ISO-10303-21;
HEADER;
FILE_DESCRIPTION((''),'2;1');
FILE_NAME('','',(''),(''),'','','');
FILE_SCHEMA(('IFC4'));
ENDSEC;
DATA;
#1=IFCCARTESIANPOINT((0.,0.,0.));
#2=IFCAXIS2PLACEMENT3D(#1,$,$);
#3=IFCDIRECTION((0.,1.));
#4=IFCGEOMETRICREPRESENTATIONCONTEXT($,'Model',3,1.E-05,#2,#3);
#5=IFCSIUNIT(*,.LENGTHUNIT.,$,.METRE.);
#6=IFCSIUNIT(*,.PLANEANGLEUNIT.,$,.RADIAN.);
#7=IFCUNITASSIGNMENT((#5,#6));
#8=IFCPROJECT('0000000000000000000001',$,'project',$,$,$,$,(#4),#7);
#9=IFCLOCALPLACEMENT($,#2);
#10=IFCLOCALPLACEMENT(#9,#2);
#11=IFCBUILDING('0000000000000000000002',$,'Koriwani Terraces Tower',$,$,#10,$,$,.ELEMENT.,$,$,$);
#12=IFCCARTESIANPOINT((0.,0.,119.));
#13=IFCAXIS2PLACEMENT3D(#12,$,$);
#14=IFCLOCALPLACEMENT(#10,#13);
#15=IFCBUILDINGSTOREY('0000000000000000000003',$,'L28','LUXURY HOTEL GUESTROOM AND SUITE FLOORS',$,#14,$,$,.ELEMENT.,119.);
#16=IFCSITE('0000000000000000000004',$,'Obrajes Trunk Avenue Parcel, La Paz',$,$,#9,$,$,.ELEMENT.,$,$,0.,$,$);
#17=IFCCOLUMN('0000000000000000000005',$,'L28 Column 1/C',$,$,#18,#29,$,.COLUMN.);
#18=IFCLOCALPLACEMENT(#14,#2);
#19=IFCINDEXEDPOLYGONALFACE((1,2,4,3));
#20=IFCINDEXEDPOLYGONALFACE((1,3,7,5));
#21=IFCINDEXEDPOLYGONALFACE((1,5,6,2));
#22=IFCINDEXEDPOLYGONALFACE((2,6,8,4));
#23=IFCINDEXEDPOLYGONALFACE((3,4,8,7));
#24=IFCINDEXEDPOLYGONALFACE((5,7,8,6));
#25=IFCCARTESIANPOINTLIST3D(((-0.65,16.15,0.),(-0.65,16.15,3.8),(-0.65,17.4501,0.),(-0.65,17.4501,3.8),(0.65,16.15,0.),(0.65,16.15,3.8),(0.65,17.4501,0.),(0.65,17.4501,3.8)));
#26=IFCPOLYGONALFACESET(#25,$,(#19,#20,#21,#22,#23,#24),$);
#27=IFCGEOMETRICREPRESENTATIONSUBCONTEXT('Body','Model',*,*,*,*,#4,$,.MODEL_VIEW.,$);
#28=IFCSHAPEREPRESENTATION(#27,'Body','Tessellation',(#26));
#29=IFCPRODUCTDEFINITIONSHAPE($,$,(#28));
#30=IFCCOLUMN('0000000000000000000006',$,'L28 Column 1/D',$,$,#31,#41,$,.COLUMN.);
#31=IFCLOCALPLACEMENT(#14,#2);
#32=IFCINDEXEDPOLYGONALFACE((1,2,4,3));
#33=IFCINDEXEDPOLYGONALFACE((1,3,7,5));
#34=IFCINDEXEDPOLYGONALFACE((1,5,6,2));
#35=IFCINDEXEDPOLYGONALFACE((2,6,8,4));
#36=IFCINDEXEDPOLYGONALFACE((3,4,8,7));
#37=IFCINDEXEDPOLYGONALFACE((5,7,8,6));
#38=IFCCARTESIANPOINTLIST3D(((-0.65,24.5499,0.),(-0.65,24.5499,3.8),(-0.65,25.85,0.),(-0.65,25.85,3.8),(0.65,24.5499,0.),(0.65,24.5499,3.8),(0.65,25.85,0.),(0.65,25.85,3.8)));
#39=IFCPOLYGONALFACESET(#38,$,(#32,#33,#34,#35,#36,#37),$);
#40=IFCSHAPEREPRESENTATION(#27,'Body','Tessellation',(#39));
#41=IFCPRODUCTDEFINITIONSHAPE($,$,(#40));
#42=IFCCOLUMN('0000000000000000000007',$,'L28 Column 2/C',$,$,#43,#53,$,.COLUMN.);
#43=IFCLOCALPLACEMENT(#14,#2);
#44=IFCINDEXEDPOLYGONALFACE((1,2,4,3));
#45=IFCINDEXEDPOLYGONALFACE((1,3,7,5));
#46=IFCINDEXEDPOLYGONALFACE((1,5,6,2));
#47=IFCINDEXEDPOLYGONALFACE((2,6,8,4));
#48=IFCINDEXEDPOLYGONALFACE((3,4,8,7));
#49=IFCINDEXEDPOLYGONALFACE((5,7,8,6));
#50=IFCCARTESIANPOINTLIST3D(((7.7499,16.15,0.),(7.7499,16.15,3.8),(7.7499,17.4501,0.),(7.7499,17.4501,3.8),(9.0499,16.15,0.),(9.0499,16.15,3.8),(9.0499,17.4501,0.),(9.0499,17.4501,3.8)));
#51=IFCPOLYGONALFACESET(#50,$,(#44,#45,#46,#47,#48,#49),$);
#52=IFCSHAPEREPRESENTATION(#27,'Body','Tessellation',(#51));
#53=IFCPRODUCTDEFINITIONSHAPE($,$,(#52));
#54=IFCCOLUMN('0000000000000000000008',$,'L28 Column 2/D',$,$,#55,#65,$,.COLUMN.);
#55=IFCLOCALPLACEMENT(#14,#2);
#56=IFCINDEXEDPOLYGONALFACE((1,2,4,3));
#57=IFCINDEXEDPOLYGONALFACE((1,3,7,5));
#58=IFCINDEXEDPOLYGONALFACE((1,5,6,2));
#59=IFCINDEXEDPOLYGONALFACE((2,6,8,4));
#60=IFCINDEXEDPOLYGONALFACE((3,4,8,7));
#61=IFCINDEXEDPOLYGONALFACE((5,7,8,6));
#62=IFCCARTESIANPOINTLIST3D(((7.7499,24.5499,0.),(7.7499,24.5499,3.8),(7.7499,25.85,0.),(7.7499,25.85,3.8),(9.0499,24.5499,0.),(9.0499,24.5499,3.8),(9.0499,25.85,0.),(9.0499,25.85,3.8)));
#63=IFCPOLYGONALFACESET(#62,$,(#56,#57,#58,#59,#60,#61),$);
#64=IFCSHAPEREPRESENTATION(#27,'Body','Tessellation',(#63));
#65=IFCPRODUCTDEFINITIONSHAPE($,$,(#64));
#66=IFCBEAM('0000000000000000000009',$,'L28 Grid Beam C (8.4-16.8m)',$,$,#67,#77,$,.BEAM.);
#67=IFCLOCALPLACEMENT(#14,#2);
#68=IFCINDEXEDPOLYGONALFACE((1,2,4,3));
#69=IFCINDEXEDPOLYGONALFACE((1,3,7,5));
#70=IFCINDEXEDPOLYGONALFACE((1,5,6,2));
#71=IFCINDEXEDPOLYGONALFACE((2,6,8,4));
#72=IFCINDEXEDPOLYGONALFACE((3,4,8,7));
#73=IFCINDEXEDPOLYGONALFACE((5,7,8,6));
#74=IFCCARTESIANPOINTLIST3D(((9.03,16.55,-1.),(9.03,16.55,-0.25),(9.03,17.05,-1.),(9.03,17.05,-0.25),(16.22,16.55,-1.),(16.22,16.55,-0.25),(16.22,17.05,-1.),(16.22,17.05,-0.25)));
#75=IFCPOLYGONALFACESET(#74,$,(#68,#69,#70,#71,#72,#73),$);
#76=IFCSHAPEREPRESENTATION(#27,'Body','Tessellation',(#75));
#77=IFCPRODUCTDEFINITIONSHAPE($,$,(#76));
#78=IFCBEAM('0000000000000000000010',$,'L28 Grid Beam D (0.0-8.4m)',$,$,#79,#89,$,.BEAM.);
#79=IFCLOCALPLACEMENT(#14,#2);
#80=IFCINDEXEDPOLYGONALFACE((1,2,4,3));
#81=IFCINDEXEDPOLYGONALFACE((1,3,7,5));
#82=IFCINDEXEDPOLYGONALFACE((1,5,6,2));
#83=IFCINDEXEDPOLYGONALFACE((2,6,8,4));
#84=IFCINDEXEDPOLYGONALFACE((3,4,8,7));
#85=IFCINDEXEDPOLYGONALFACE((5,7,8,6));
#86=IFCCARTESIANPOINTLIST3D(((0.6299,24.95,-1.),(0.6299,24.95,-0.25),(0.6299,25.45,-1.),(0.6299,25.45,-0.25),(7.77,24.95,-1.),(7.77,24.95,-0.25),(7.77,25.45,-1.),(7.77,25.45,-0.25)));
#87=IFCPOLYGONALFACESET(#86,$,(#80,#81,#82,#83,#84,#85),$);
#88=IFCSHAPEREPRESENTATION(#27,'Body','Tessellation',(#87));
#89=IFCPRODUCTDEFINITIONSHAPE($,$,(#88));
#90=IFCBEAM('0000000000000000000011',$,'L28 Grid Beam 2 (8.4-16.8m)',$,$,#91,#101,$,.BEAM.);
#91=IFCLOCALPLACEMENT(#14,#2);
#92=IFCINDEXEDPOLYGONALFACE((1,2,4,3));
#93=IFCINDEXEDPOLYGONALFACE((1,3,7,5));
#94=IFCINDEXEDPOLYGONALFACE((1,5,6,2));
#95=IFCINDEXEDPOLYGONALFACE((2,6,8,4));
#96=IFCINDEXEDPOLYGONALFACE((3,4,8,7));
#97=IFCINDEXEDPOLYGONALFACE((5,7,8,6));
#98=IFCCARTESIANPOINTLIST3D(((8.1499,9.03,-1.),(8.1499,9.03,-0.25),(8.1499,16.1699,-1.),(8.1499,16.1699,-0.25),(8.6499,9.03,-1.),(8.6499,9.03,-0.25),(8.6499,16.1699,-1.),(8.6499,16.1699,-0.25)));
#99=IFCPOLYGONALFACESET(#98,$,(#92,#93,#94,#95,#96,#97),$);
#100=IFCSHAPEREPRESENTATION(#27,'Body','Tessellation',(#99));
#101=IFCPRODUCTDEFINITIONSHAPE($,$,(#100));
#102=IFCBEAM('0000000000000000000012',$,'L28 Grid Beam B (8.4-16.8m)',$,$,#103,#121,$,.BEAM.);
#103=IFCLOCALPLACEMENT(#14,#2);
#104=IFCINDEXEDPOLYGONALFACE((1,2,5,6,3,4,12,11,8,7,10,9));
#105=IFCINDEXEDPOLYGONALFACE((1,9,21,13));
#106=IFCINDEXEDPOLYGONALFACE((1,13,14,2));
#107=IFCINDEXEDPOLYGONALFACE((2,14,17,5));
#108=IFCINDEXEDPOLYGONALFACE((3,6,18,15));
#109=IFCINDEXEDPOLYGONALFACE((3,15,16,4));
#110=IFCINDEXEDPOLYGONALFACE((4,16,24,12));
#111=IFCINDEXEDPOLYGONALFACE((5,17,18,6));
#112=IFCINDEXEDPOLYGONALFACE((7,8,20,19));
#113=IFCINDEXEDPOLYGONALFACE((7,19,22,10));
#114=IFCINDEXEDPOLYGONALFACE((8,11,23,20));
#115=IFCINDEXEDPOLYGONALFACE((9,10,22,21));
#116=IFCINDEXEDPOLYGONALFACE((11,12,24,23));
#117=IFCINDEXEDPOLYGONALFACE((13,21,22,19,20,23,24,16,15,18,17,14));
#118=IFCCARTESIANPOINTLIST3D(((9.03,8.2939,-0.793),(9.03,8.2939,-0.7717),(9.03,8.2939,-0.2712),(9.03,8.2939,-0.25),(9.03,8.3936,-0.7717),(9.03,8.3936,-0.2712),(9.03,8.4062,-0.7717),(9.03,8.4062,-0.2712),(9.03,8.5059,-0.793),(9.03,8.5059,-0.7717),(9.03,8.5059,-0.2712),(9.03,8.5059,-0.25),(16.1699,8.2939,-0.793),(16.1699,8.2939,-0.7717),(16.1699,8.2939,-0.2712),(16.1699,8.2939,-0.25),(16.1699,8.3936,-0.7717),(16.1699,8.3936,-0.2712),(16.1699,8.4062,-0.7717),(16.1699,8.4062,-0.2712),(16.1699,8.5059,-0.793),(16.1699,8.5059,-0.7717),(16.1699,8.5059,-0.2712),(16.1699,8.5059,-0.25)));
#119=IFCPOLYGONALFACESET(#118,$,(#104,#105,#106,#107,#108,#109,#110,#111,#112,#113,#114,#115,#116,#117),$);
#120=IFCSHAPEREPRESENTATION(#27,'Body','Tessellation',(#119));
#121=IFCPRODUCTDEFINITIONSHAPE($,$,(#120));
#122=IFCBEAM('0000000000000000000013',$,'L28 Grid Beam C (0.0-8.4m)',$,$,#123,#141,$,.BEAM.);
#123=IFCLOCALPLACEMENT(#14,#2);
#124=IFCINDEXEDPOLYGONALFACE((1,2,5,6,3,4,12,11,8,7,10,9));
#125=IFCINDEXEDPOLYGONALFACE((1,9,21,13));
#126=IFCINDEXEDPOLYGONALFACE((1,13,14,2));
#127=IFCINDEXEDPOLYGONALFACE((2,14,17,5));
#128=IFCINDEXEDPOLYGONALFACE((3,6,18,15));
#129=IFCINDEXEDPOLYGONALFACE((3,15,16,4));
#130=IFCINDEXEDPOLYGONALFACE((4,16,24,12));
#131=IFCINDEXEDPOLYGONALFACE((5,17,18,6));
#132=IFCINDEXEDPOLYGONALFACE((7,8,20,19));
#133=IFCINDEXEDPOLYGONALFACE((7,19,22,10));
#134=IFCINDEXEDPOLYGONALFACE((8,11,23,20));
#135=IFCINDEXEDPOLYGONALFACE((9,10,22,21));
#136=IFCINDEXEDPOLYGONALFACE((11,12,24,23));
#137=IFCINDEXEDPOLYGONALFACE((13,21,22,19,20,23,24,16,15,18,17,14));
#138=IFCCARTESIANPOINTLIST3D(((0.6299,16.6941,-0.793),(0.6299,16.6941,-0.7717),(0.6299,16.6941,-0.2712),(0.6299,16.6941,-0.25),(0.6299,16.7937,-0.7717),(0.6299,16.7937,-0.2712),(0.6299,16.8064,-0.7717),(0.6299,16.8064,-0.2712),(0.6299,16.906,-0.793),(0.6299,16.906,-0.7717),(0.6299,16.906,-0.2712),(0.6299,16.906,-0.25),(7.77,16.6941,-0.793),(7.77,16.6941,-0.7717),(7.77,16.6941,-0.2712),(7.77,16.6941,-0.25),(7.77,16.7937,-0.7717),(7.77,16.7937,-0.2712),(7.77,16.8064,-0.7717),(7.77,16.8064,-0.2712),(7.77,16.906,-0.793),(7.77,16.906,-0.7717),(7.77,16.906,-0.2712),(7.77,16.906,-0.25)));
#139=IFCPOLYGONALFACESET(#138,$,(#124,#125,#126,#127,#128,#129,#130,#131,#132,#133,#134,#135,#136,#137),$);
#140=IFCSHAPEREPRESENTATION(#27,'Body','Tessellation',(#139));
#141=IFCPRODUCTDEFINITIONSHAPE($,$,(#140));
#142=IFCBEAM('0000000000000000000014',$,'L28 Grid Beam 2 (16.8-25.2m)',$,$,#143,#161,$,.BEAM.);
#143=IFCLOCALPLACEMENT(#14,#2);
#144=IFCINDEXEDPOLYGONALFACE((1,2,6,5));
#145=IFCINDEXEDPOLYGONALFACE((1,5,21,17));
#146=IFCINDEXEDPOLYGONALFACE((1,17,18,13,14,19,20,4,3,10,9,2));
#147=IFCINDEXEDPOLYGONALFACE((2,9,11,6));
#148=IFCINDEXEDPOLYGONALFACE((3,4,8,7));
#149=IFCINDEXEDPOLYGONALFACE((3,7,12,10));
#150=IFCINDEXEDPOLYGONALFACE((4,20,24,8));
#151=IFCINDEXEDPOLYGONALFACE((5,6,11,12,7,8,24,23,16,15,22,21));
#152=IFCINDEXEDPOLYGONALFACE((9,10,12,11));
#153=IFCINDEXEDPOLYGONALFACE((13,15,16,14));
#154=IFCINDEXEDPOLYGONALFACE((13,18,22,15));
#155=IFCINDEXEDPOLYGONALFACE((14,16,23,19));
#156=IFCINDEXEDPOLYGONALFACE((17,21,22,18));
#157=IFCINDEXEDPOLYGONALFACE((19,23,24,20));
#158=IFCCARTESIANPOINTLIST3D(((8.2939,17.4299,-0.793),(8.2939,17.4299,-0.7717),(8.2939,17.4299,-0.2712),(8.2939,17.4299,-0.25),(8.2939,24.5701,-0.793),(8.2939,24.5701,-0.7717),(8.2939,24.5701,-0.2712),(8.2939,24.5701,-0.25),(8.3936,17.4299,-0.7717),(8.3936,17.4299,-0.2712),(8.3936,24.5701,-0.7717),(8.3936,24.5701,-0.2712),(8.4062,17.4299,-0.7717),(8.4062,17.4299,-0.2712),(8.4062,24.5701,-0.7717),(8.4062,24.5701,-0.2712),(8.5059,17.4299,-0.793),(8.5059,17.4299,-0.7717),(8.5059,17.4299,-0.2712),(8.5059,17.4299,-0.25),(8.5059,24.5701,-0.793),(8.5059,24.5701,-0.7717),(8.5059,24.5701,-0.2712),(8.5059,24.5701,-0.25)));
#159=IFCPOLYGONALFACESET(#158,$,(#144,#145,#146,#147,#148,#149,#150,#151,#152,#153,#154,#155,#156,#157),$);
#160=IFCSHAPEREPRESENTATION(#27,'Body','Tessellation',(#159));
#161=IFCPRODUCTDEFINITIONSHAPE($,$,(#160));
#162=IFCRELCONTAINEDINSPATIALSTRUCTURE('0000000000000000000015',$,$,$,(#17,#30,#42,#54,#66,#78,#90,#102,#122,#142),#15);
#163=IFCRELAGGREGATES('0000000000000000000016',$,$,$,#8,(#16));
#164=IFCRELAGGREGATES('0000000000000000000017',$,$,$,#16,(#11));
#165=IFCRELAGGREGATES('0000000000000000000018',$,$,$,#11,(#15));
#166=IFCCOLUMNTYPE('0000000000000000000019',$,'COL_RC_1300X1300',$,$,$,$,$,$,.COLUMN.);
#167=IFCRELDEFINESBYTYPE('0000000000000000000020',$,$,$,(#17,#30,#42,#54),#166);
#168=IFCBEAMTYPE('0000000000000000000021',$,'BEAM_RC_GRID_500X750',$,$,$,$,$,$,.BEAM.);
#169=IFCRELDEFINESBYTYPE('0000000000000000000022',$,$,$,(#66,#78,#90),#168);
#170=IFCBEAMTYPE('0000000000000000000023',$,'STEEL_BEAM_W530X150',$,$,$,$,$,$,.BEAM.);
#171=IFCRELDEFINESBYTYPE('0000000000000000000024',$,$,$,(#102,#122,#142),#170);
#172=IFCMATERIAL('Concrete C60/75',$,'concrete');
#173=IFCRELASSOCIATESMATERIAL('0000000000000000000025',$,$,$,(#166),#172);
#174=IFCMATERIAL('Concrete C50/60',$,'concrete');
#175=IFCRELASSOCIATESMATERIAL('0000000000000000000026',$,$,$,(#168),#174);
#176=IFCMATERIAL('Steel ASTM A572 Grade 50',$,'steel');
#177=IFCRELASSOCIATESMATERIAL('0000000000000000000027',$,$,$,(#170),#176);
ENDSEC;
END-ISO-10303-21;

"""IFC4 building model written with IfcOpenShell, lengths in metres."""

from ifc_helpers import new_model, si_unit, direction, frame, origin, origin_2d, place, context, subcontext, project, spatial, rectangle, i_section, extrude, material, material_profile, profile_set, type_object, element, save


model = new_model("IFC4")

# Units and contexts
model_context = context("Model", 3, precision=1e-05, world=origin(), true_north=direction((0.0, 1.0)))
body_context = subcontext(model_context, "Body", "Model", "MODEL_VIEW")
ifc_project = project(units=[si_unit("LENGTHUNIT", "METRE"), si_unit("PLANEANGLEUNIT", "RADIAN")], contexts=[model_context])

# Site, building, storey
site_placement = place(None, origin())
site = spatial("IfcSite", under=ifc_project, at=site_placement, Name="Obrajes Trunk Avenue Parcel, La Paz", CompositionType="ELEMENT", RefElevation=0.0)
building_placement = place(site_placement, origin())
building = spatial("IfcBuilding", under=site, at=building_placement, Name="Koriwani Terraces Tower", CompositionType="ELEMENT")
storey_placement = place(building_placement, frame((0.0, 0.0, 119.0)))
storey = spatial("IfcBuildingStorey", under=building, at=storey_placement, Name="L28", Description="LUXURY HOTEL GUESTROOM AND SUITE FLOORS", CompositionType="ELEMENT", Elevation=119.0)

# Columns
ifc_material_1 = material(Name="Concrete C60/75", Category="concrete")
ifc_material_profile_1 = material_profile(ifc_material_1, rectangle(XDim=1.3, YDim=1.3, at=origin_2d()), Name="Concrete C60/75", Category="LoadBearing")
ifc_profile_set_1 = profile_set([ifc_material_profile_1], Name="Concrete C60/75")
column_type = type_object("IfcColumnType", Name="COL_RC_1300X1300", PredefinedType="COLUMN", material=ifc_profile_set_1)
for number, where, z_axis, x_axis, name in (
    (1, (0.0, 16.8, 0.0), (0.0, 0.0, 1.0), (1.0, 0.0, 0.0), "L28 Column 1/C"),
    (2, (0.0, 25.2, 0.0), (0.0, 0.0, 1.0), (1.0, 0.0, 0.0), "L28 Column 1/D"),
    (3, (8.3999, 16.8, 0.0), (0.0, 0.0, 1.0), (1.0, 0.0, 0.0), "L28 Column 2/C"),
    (4, (8.3999, 25.2, 0.0), (0.0, 0.0, 1.0), (1.0, 0.0, 0.0), "L28 Column 2/D"),
):
    element("IfcColumn", number, at=place(storey_placement, frame(where, z_axis=z_axis, x_axis=x_axis)), inside=storey, type_object=column_type, Name=name, PredefinedType="COLUMN", context=body_context, shape_type="SweptSolid", body=[
        extrude(rectangle(XDim=1.3, YDim=1.3, at=origin_2d()), origin(), (0.0, 0.0, 1.0), 3.8),
    ])

# Beams
ifc_material_2 = material(Name="Concrete C50/60", Category="concrete")
ifc_material_profile_2 = material_profile(ifc_material_2, rectangle(XDim=0.5, YDim=0.75, at=origin_2d()), Name="Concrete C50/60", Category="LoadBearing")
ifc_profile_set_2 = profile_set([ifc_material_profile_2], Name="Concrete C50/60")
beam_type_1 = type_object("IfcBeamType", Name="BEAM_RC_GRID_500X750", PredefinedType="BEAM", material=ifc_profile_set_2)
beam_1_placement = place(storey_placement, frame((9.03, 16.8, -0.625), z_axis=(1.0, 0.0, 0.0), x_axis=(0.0, 1.0, 0.0)))
element("IfcBeam", 5, at=beam_1_placement, inside=storey, type_object=beam_type_1, Name="L28 Grid Beam C (8.4-16.8m)", PredefinedType="BEAM", context=body_context, shape_type="SweptSolid", body=[
    extrude(rectangle(XDim=0.5, YDim=0.75, at=origin_2d()), origin(), (0.0, 0.0, 1.0), 7.1899),
])
beam_2_placement = place(storey_placement, frame((0.6299, 25.2, -0.625), z_axis=(1.0, 0.0, 0.0), x_axis=(0.0, 1.0, 0.0)))
element("IfcBeam", 6, at=beam_2_placement, inside=storey, type_object=beam_type_1, Name="L28 Grid Beam D (0.0-8.4m)", PredefinedType="BEAM", context=body_context, shape_type="SweptSolid", body=[
    extrude(rectangle(XDim=0.5, YDim=0.75, at=origin_2d()), origin(), (0.0, 0.0, 1.0), 7.1401),
])
beam_3_placement = place(storey_placement, frame((8.3999, 9.03, -0.625), z_axis=(0.0, 1.0, 0.0), x_axis=(-1.0, 0.0, 0.0)))
element("IfcBeam", 7, at=beam_3_placement, inside=storey, type_object=beam_type_1, Name="L28 Grid Beam 2 (8.4-16.8m)", PredefinedType="BEAM", context=body_context, shape_type="SweptSolid", body=[
    extrude(rectangle(XDim=0.5, YDim=0.75, at=origin_2d()), origin(), (0.0, 0.0, 1.0), 7.1399),
])
ifc_material_3 = material(Name="Steel ASTM A572 Grade 50", Category="steel")
ifc_material_profile_3 = material_profile(ifc_material_3, i_section(OverallWidth=0.2119, OverallDepth=0.543, WebThickness=0.0127, FlangeThickness=0.0212, at=origin_2d()), Name="Steel ASTM A572 Grade 50", Category="LoadBearing")
ifc_profile_set_3 = profile_set([ifc_material_profile_3], Name="Steel ASTM A572 Grade 50")
beam_type_2 = type_object("IfcBeamType", Name="STEEL_BEAM_W530X150", PredefinedType="BEAM", material=ifc_profile_set_3)
beam_4_placement = place(storey_placement, frame((9.03, 8.3999, -0.5215), z_axis=(1.0, 0.0, 0.0), x_axis=(0.0, 1.0, 0.0)))
element("IfcBeam", 8, at=beam_4_placement, inside=storey, type_object=beam_type_2, Name="L28 Grid Beam B (8.4-16.8m)", PredefinedType="BEAM", context=body_context, shape_type="SweptSolid", body=[
    extrude(i_section(OverallWidth=0.2119, OverallDepth=0.543, WebThickness=0.0127, FlangeThickness=0.0212, at=origin_2d()), origin(), (0.0, 0.0, 1.0), 7.1399),
])
for number, where, z_axis, x_axis, name in (
    (9, (0.6299, 16.8, -0.5215), (1.0, 0.0, 0.0), (0.0, 1.0, 0.0), "L28 Grid Beam C (0.0-8.4m)"),
    (10, (8.3999, 17.4299, -0.5215), (0.0, 1.0, 0.0), (-1.0, 0.0, 0.0), "L28 Grid Beam 2 (16.8-25.2m)"),
):
    element("IfcBeam", number, at=place(storey_placement, frame(where, z_axis=z_axis, x_axis=x_axis)), inside=storey, type_object=beam_type_2, Name=name, PredefinedType="BEAM", context=body_context, shape_type="SweptSolid", body=[
        extrude(i_section(OverallWidth=0.2119, OverallDepth=0.543, WebThickness=0.0127, FlangeThickness=0.0212, at=origin_2d()), origin(), (0.0, 0.0, 1.0), 7.1401),
    ])

save(model, "model.ifc")
